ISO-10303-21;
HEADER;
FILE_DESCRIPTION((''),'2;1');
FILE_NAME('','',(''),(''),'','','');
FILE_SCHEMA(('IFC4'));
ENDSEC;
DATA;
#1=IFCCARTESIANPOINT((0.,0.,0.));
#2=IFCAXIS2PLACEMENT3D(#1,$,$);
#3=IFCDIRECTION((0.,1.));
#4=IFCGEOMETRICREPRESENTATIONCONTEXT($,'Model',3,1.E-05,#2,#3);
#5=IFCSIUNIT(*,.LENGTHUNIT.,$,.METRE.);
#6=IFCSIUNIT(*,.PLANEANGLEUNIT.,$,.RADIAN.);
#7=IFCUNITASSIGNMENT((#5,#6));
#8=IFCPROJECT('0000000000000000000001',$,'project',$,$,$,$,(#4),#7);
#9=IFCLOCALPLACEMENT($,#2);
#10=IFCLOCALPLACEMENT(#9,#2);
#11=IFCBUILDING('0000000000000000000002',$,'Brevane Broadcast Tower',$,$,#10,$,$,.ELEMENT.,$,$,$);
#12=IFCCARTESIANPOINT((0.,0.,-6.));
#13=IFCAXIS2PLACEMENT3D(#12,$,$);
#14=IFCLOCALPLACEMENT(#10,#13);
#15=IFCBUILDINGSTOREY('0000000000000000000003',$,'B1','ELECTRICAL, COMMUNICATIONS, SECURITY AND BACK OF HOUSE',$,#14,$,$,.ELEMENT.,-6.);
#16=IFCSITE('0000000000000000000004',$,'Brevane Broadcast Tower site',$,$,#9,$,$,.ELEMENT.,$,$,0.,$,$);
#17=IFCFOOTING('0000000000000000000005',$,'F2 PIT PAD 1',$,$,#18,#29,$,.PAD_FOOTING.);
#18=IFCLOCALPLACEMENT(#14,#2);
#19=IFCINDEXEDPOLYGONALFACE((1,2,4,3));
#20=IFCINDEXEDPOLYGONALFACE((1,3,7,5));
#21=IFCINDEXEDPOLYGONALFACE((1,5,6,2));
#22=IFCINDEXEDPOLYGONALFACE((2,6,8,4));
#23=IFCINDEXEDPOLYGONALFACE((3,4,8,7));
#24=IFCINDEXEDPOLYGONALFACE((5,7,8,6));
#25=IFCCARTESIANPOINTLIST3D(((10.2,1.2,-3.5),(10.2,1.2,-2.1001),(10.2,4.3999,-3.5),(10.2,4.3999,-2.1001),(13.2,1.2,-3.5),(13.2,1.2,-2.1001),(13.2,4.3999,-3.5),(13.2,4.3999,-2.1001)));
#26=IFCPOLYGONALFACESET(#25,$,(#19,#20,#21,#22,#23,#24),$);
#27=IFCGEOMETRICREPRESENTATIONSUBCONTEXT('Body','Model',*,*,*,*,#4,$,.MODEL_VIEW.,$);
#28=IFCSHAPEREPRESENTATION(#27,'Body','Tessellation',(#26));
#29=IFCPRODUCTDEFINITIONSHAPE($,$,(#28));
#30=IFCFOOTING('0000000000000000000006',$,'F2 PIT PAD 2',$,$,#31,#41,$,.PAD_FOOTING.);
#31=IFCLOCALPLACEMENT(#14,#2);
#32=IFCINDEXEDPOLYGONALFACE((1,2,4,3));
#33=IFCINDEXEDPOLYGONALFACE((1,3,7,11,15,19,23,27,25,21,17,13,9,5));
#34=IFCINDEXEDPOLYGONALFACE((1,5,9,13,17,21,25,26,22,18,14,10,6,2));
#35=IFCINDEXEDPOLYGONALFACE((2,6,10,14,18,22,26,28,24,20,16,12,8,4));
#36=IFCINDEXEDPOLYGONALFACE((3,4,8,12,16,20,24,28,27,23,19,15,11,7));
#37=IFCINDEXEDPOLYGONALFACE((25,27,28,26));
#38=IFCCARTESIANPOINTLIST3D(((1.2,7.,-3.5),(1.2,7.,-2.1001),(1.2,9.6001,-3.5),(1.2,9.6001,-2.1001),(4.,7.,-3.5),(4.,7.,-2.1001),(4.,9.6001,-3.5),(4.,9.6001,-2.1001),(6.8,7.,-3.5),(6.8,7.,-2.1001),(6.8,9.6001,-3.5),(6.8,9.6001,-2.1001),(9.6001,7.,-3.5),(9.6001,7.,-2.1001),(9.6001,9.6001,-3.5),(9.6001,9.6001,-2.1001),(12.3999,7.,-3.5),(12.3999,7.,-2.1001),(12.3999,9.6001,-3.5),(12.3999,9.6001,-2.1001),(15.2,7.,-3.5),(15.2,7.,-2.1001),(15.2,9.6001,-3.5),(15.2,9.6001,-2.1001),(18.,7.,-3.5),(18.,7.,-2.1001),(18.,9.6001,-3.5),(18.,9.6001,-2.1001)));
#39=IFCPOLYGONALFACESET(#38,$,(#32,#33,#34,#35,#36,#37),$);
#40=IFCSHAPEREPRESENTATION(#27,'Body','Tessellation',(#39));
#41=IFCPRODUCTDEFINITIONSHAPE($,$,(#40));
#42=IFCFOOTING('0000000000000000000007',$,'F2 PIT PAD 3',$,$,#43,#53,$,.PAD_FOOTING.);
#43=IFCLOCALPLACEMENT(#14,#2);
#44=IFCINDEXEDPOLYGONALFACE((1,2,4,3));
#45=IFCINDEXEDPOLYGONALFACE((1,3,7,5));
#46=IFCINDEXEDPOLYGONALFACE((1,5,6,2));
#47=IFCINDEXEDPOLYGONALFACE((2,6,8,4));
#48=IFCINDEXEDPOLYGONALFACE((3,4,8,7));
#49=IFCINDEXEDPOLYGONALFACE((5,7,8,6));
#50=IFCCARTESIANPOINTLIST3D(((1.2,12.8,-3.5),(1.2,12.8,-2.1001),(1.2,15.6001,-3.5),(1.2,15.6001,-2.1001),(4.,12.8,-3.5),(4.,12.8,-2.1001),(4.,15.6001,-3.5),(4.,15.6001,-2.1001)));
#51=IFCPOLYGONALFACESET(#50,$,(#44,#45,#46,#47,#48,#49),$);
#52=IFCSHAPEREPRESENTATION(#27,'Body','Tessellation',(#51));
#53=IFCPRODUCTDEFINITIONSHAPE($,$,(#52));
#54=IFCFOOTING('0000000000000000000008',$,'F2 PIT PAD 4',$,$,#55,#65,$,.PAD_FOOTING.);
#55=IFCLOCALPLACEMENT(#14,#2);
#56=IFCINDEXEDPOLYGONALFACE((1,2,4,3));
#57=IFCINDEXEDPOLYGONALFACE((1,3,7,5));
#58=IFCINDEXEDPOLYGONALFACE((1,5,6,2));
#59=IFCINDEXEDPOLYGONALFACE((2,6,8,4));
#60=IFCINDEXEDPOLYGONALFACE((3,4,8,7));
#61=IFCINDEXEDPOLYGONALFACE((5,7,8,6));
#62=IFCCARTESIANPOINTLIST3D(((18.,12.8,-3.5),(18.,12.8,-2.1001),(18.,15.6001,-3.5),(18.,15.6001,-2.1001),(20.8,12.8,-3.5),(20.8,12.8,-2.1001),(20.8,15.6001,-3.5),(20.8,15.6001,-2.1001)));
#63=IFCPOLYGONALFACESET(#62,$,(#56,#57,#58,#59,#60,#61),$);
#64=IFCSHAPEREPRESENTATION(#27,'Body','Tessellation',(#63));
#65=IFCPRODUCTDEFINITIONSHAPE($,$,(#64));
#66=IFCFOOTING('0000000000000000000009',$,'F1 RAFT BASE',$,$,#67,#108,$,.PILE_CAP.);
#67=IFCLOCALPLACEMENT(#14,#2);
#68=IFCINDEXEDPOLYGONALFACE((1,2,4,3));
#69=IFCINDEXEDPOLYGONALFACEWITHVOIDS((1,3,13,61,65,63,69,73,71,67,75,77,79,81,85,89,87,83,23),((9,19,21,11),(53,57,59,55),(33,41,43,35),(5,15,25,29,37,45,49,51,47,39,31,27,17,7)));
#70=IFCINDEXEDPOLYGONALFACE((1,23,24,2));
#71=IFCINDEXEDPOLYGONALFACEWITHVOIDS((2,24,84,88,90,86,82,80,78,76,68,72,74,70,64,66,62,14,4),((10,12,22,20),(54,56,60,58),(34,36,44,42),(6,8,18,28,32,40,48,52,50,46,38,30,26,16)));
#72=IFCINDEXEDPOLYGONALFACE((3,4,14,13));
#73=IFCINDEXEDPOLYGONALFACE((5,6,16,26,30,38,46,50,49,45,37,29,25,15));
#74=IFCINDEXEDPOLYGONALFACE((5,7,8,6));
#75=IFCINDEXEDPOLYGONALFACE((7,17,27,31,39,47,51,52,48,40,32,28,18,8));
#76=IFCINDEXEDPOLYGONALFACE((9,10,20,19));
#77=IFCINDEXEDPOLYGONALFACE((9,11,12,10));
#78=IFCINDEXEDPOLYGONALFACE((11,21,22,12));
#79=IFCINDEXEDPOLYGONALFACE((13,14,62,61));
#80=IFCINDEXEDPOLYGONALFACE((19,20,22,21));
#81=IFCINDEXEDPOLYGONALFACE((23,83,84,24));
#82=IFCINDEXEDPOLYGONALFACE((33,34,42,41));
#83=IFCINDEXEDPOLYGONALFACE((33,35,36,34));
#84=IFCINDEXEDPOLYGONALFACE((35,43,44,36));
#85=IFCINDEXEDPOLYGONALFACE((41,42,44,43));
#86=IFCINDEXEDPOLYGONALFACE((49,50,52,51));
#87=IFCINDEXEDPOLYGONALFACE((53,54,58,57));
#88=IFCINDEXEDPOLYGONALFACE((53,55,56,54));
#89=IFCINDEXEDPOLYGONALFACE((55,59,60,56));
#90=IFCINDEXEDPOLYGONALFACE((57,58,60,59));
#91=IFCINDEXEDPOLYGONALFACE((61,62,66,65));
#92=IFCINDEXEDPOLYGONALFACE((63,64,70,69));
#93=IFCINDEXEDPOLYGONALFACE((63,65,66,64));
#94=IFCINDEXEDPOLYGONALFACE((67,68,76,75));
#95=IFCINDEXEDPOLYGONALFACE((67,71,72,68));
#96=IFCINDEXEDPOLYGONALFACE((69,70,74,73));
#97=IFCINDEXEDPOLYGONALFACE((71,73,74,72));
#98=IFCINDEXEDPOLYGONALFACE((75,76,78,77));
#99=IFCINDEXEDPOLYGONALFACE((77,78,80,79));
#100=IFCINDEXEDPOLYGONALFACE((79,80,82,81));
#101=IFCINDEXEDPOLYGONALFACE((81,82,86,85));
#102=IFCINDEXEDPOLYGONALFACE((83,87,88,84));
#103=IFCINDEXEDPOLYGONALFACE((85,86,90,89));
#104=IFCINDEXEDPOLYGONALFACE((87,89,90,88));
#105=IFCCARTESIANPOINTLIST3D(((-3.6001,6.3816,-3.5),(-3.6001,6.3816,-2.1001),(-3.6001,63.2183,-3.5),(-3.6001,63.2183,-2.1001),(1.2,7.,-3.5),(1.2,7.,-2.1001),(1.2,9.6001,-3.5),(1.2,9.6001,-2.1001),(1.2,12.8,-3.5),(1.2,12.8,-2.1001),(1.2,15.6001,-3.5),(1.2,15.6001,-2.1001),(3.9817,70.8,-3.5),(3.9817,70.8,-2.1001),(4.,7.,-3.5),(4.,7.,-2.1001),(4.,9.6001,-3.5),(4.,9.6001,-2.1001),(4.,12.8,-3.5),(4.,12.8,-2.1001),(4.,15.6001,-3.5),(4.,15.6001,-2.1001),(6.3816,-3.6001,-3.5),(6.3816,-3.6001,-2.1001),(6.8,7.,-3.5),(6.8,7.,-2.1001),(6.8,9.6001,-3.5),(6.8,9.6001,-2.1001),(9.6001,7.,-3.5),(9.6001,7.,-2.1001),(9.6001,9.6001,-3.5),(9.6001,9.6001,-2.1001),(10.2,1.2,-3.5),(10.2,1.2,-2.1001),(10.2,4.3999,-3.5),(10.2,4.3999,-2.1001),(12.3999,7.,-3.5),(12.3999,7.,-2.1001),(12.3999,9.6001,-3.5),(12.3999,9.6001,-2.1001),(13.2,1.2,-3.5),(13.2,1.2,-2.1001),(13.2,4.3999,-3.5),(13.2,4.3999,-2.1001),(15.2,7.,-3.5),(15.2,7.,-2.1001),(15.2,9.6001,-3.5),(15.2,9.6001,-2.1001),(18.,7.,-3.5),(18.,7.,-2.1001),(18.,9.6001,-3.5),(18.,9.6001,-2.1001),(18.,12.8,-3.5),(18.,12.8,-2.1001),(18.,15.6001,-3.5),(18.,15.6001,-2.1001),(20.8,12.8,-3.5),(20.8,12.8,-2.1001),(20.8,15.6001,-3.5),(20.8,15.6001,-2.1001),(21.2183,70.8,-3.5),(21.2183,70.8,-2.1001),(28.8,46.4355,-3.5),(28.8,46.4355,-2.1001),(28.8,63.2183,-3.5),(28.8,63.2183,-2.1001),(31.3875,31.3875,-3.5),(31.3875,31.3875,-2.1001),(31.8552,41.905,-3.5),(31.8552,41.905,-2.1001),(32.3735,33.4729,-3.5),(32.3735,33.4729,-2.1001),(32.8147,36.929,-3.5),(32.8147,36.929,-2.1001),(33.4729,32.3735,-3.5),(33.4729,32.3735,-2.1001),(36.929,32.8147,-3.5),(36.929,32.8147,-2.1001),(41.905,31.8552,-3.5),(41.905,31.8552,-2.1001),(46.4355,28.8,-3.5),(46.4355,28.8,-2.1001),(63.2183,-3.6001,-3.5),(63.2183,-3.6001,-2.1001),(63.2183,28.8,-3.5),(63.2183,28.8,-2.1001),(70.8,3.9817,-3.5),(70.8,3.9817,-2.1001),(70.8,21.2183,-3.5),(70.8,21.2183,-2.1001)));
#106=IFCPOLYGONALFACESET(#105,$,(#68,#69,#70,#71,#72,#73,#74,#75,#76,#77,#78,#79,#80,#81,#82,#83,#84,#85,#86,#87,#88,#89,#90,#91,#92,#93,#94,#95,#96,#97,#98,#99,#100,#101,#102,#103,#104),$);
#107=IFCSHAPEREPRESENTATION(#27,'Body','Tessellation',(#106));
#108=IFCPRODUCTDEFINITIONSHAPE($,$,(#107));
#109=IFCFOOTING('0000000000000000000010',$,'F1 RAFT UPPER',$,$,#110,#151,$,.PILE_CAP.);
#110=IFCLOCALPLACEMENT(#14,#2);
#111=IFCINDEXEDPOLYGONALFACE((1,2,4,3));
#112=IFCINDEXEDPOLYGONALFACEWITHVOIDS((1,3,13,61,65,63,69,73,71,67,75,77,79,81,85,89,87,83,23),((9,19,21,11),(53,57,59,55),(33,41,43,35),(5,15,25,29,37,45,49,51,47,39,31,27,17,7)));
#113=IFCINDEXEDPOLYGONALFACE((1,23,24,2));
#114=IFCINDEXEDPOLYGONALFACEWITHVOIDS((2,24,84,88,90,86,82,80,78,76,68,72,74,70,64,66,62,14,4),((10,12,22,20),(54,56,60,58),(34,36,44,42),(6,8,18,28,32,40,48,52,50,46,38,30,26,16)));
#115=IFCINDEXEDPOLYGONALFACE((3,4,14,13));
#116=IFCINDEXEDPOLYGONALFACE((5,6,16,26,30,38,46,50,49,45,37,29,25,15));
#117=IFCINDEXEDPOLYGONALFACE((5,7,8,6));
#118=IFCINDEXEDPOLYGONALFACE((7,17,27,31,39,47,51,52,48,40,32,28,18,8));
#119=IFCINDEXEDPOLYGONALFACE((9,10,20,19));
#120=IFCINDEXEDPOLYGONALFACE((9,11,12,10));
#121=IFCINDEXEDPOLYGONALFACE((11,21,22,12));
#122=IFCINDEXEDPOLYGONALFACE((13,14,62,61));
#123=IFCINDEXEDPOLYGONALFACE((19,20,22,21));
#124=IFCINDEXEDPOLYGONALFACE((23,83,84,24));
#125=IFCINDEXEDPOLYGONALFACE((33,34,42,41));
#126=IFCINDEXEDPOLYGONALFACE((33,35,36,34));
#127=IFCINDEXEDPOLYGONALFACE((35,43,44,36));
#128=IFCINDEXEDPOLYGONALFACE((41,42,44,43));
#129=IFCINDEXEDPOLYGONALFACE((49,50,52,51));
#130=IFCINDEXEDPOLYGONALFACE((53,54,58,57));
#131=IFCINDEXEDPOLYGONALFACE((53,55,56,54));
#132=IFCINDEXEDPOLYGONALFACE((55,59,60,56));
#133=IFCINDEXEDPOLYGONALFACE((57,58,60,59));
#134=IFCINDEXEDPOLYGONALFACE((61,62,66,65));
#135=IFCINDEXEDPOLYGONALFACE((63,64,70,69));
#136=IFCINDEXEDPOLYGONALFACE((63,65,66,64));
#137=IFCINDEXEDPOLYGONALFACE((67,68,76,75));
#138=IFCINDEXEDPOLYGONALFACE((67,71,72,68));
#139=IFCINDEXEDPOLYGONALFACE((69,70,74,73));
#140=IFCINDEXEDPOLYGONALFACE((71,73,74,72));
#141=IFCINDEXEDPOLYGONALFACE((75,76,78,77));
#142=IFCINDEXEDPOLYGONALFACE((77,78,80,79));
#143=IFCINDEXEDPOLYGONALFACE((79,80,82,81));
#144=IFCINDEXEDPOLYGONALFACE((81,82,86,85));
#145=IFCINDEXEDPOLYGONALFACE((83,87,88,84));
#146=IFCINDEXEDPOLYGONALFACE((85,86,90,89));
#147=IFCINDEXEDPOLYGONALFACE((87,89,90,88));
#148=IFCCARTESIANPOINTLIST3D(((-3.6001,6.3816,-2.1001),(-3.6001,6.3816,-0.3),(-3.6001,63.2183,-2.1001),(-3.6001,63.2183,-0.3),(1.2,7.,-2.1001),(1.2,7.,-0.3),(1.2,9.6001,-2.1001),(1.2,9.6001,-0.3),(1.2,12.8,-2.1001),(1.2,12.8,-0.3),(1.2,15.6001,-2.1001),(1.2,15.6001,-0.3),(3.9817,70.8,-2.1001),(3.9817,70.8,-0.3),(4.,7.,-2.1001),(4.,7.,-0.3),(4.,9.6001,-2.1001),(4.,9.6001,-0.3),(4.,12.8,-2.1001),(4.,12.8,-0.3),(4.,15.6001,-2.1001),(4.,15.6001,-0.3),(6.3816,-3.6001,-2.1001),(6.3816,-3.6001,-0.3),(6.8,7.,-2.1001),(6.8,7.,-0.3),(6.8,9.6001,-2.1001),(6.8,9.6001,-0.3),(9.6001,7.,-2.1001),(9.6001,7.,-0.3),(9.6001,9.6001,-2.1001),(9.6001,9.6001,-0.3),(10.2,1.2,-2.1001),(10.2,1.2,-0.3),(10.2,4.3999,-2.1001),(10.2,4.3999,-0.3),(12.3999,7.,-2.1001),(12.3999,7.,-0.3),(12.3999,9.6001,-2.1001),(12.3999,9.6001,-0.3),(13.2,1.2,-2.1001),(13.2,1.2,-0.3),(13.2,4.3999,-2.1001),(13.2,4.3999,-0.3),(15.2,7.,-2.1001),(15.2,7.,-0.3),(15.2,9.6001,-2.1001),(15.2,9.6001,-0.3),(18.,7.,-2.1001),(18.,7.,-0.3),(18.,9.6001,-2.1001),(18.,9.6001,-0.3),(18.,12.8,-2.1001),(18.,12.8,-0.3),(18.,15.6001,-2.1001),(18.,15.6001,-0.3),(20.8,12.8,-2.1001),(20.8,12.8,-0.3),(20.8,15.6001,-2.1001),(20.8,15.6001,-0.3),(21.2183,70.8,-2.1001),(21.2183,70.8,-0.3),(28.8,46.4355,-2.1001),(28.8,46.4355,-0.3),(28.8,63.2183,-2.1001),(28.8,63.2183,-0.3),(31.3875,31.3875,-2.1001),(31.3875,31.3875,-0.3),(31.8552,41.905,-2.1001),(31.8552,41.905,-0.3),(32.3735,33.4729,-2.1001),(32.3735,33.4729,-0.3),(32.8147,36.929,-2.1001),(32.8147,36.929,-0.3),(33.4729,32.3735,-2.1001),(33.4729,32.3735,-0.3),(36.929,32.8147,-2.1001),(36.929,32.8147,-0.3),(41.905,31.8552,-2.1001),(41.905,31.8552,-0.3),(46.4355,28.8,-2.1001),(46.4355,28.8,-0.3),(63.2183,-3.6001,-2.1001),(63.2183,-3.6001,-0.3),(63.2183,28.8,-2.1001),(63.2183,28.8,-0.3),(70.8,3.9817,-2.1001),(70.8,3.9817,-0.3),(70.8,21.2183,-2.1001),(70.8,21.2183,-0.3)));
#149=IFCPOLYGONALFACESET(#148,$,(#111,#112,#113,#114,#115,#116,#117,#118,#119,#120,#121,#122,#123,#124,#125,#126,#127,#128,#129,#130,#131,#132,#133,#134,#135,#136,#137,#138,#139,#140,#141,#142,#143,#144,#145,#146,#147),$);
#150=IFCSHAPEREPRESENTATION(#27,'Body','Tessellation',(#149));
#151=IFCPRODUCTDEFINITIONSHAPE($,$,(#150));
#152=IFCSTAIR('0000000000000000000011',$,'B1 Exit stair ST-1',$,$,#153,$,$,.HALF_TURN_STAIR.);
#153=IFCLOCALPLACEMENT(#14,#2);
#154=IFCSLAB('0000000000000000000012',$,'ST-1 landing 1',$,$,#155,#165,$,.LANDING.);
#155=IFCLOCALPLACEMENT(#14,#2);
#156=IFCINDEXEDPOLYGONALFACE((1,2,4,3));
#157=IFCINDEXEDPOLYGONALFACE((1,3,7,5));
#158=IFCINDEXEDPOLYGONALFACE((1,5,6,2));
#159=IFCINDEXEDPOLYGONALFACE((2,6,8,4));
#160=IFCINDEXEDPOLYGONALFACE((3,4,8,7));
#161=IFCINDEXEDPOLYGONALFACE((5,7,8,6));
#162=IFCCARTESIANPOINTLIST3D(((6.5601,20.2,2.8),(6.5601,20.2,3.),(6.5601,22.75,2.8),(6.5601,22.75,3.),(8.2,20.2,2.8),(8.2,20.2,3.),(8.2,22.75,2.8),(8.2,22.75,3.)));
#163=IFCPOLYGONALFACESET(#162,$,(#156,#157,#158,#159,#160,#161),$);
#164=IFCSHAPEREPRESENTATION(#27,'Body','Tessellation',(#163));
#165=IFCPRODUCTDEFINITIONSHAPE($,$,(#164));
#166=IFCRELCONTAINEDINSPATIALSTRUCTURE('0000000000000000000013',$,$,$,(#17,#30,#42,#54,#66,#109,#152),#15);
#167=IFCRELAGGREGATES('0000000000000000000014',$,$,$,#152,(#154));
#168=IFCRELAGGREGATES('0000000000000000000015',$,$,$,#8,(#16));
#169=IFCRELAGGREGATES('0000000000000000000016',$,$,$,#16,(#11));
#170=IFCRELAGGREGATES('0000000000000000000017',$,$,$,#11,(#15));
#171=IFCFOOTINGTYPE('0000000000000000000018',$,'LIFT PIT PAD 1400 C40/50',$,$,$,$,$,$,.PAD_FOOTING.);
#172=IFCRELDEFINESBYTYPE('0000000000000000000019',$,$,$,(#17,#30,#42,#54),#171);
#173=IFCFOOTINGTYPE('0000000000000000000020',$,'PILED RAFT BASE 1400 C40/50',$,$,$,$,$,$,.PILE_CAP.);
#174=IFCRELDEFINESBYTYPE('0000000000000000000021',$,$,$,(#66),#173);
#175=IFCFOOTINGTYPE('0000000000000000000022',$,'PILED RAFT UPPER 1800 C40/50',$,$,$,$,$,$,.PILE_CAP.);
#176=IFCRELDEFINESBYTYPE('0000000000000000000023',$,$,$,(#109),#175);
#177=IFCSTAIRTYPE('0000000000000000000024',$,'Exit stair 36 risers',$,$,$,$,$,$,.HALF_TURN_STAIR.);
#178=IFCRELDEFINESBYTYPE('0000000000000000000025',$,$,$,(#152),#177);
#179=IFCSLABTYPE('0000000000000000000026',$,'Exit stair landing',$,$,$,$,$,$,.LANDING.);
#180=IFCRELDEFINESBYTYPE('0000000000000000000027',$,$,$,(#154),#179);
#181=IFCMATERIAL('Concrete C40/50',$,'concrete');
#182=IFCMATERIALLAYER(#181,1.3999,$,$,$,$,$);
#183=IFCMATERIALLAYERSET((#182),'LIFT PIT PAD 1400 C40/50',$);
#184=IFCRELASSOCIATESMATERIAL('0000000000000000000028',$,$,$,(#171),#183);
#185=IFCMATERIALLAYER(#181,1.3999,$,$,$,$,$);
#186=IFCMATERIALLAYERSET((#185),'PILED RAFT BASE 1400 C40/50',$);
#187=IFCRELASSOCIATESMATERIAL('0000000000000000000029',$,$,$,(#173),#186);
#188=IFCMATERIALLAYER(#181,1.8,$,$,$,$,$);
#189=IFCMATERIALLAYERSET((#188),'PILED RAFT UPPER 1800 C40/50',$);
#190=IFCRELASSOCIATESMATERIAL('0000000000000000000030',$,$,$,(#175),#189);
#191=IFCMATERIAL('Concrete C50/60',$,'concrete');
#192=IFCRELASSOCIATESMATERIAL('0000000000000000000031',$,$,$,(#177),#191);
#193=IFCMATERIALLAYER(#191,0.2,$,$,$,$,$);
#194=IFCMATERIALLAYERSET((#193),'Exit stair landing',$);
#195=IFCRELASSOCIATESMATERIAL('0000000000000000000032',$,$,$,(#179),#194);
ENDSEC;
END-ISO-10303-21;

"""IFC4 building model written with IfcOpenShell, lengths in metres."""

from ifc_helpers import new_model, si_unit, direction, frame, origin, place, context, subcontext, project, spatial, polyline, outline, extrude, material, layer, layer_set, type_object, element, aggregate, save


model = new_model("IFC4")

# Units and contexts
model_context = context("Model", 3, precision=1e-05, world=origin(), true_north=direction((0.0, 1.0)))
body_context = subcontext(model_context, "Body", "Model", "MODEL_VIEW")
ifc_project = project(units=[si_unit("LENGTHUNIT", "METRE"), si_unit("PLANEANGLEUNIT", "RADIAN")], contexts=[model_context])

# Site, building, storey
site_placement = place(None, origin())
site = spatial("IfcSite", under=ifc_project, at=site_placement, Name="Brevane Broadcast Tower site", CompositionType="ELEMENT", RefElevation=0.0)
building_placement = place(site_placement, origin())
building = spatial("IfcBuilding", under=site, at=building_placement, Name="Brevane Broadcast Tower", CompositionType="ELEMENT")
storey_placement = place(building_placement, frame((0.0, 0.0, -6.0)))
storey = spatial("IfcBuildingStorey", under=building, at=storey_placement, Name="B1", Description="ELECTRICAL, COMMUNICATIONS, SECURITY AND BACK OF HOUSE", CompositionType="ELEMENT", Elevation=-6.0)

# Footings
ifc_material_1 = material(Name="Concrete C40/50", Category="concrete")
ifc_layer_1 = layer(ifc_material_1, 1.3999)
ifc_layer_set_1 = layer_set([ifc_layer_1], Name="LIFT PIT PAD 1400 C40/50")
footing_type_1 = type_object("IfcFootingType", Name="LIFT PIT PAD 1400 C40/50", PredefinedType="PAD_FOOTING", material=ifc_layer_set_1)
footing_1_placement = place(storey_placement, frame((0.0, 0.0, -3.5)))
element("IfcFooting", 1, at=footing_1_placement, inside=storey, type_object=footing_type_1, Name="F2 PIT PAD 1", PredefinedType="PAD_FOOTING", context=body_context, shape_type="SweptSolid", body=[
    extrude(outline(polyline([(13.2, 4.3999), (13.2, 1.2), (10.2, 1.2), (10.2, 4.3999), (13.2, 4.3999)])), origin(), (0.0, 0.0, 1.0), 1.3999),
])
footing_2_placement = place(storey_placement, frame((0.0, 0.0, -3.5)))
element("IfcFooting", 2, at=footing_2_placement, inside=storey, type_object=footing_type_1, Name="F2 PIT PAD 2", PredefinedType="PAD_FOOTING", context=body_context, shape_type="SweptSolid", body=[
    extrude(outline(polyline([(4.0, 9.6001), (6.8, 9.6001), (9.6001, 9.6001), (12.3999, 9.6001), (15.2, 9.6001), (18.0, 9.6001), (18.0, 7.0), (15.2, 7.0), (12.3999, 7.0), (9.6001, 7.0), (6.8, 7.0), (4.0, 7.0), (1.2, 7.0), (1.2, 9.6001), (4.0, 9.6001)])), origin(), (0.0, 0.0, 1.0), 1.3999),
])
footing_3_placement = place(storey_placement, frame((0.0, 0.0, -3.5)))
element("IfcFooting", 3, at=footing_3_placement, inside=storey, type_object=footing_type_1, Name="F2 PIT PAD 3", PredefinedType="PAD_FOOTING", context=body_context, shape_type="SweptSolid", body=[
    extrude(outline(polyline([(4.0, 12.8), (1.2, 12.8), (1.2, 15.6001), (4.0, 15.6001), (4.0, 12.8)])), origin(), (0.0, 0.0, 1.0), 1.3999),
])
footing_4_placement = place(storey_placement, frame((0.0, 0.0, -3.5)))
element("IfcFooting", 4, at=footing_4_placement, inside=storey, type_object=footing_type_1, Name="F2 PIT PAD 4", PredefinedType="PAD_FOOTING", context=body_context, shape_type="SweptSolid", body=[
    extrude(outline(polyline([(20.8, 12.8), (18.0, 12.8), (18.0, 15.6001), (20.8, 15.6001), (20.8, 12.8)])), origin(), (0.0, 0.0, 1.0), 1.3999),
])
ifc_layer_2 = layer(ifc_material_1, 1.3999)
ifc_layer_set_2 = layer_set([ifc_layer_2], Name="PILED RAFT BASE 1400 C40/50")
footing_type_2 = type_object("IfcFootingType", Name="PILED RAFT BASE 1400 C40/50", PredefinedType="PILE_CAP", material=ifc_layer_set_2)
footing_5_placement = place(storey_placement, frame((0.0, 0.0, -3.5)))
element("IfcFooting", 5, at=footing_5_placement, inside=storey, type_object=footing_type_2, Name="F1 RAFT BASE", PredefinedType="PILE_CAP", context=body_context, shape_type="SweptSolid", body=[
    extrude(outline(polyline([(6.3816, -3.6001), (-3.6001, 6.3816), (-3.6001, 63.2183), (3.9817, 70.8), (21.2183, 70.8), (28.8, 63.2183), (28.8, 46.4355), (31.8552, 41.905), (32.8147, 36.929), (32.3735, 33.4729), (31.3875, 31.3875), (33.4729, 32.3735), (36.929, 32.8147), (41.905, 31.8552), (46.4355, 28.8), (63.2183, 28.8), (70.8, 21.2183), (70.8, 3.9817), (63.2183, -3.6001), (6.3816, -3.6001)]), holes=[polyline([(13.2, 4.3999), (13.2, 1.2), (10.2, 1.2), (10.2, 4.3999), (13.2, 4.3999)]), polyline([(4.0, 9.6001), (6.8, 9.6001), (9.6001, 9.6001), (12.3999, 9.6001), (15.2, 9.6001), (18.0, 9.6001), (18.0, 7.0), (15.2, 7.0), (12.3999, 7.0), (9.6001, 7.0), (6.8, 7.0), (4.0, 7.0), (1.2, 7.0), (1.2, 9.6001), (4.0, 9.6001)]), polyline([(4.0, 12.8), (1.2, 12.8), (1.2, 15.6001), (4.0, 15.6001), (4.0, 12.8)]), polyline([(20.8, 12.8), (18.0, 12.8), (18.0, 15.6001), (20.8, 15.6001), (20.8, 12.8)])]), origin(), (0.0, 0.0, 1.0), 1.3999),
])
ifc_layer_3 = layer(ifc_material_1, 1.8)
ifc_layer_set_3 = layer_set([ifc_layer_3], Name="PILED RAFT UPPER 1800 C40/50")
footing_type_3 = type_object("IfcFootingType", Name="PILED RAFT UPPER 1800 C40/50", PredefinedType="PILE_CAP", material=ifc_layer_set_3)
footing_6_placement = place(storey_placement, frame((0.0, 0.0, -2.1001)))
element("IfcFooting", 6, at=footing_6_placement, inside=storey, type_object=footing_type_3, Name="F1 RAFT UPPER", PredefinedType="PILE_CAP", context=body_context, shape_type="SweptSolid", body=[
    extrude(outline(polyline([(6.3816, -3.6001), (-3.6001, 6.3816), (-3.6001, 63.2183), (3.9817, 70.8), (21.2183, 70.8), (28.8, 63.2183), (28.8, 46.4355), (31.8552, 41.905), (32.8147, 36.929), (32.3735, 33.4729), (31.3875, 31.3875), (33.4729, 32.3735), (36.929, 32.8147), (41.905, 31.8552), (46.4355, 28.8), (63.2183, 28.8), (70.8, 21.2183), (70.8, 3.9817), (63.2183, -3.6001), (6.3816, -3.6001)]), holes=[polyline([(13.2, 4.3999), (13.2, 1.2), (10.2, 1.2), (10.2, 4.3999), (13.2, 4.3999)]), polyline([(4.0, 9.6001), (6.8, 9.6001), (9.6001, 9.6001), (12.3999, 9.6001), (15.2, 9.6001), (18.0, 9.6001), (18.0, 7.0), (15.2, 7.0), (12.3999, 7.0), (9.6001, 7.0), (6.8, 7.0), (4.0, 7.0), (1.2, 7.0), (1.2, 9.6001), (4.0, 9.6001)]), polyline([(4.0, 12.8), (1.2, 12.8), (1.2, 15.6001), (4.0, 15.6001), (4.0, 12.8)]), polyline([(20.8, 12.8), (18.0, 12.8), (18.0, 15.6001), (20.8, 15.6001), (20.8, 12.8)])]), origin(), (0.0, 0.0, 1.0), 1.8),
])

# Stair, slab
ifc_material_2 = material(Name="Concrete C50/60", Category="concrete")
stair_type = type_object("IfcStairType", Name="Exit stair 36 risers", PredefinedType="HALF_TURN_STAIR", material=ifc_material_2)
stair_1_placement = place(storey_placement, origin())
stair_1 = element("IfcStair", 7, at=stair_1_placement, inside=storey, type_object=stair_type, Name="B1 Exit stair ST-1", PredefinedType="HALF_TURN_STAIR")
ifc_layer_4 = layer(ifc_material_2, 0.2)
ifc_layer_set_4 = layer_set([ifc_layer_4], Name="Exit stair landing")
slab_type_1 = type_object("IfcSlabType", Name="Exit stair landing", PredefinedType="LANDING", material=ifc_layer_set_4)
slab_1_placement = place(storey_placement, frame((0.0, 0.0, 2.8)))
slab_1 = element("IfcSlab", 8, at=slab_1_placement, type_object=slab_type_1, Name="ST-1 landing 1", PredefinedType="LANDING", context=body_context, shape_type="SweptSolid", body=[
    extrude(outline(polyline([(6.5601, 20.2), (8.2, 20.2), (8.2, 22.75), (6.5601, 22.75), (6.5601, 20.2)])), origin(), (0.0, 0.0, 1.0), 0.2),
])
aggregate(stair_1, [slab_1])

save(model, "model.ifc")
